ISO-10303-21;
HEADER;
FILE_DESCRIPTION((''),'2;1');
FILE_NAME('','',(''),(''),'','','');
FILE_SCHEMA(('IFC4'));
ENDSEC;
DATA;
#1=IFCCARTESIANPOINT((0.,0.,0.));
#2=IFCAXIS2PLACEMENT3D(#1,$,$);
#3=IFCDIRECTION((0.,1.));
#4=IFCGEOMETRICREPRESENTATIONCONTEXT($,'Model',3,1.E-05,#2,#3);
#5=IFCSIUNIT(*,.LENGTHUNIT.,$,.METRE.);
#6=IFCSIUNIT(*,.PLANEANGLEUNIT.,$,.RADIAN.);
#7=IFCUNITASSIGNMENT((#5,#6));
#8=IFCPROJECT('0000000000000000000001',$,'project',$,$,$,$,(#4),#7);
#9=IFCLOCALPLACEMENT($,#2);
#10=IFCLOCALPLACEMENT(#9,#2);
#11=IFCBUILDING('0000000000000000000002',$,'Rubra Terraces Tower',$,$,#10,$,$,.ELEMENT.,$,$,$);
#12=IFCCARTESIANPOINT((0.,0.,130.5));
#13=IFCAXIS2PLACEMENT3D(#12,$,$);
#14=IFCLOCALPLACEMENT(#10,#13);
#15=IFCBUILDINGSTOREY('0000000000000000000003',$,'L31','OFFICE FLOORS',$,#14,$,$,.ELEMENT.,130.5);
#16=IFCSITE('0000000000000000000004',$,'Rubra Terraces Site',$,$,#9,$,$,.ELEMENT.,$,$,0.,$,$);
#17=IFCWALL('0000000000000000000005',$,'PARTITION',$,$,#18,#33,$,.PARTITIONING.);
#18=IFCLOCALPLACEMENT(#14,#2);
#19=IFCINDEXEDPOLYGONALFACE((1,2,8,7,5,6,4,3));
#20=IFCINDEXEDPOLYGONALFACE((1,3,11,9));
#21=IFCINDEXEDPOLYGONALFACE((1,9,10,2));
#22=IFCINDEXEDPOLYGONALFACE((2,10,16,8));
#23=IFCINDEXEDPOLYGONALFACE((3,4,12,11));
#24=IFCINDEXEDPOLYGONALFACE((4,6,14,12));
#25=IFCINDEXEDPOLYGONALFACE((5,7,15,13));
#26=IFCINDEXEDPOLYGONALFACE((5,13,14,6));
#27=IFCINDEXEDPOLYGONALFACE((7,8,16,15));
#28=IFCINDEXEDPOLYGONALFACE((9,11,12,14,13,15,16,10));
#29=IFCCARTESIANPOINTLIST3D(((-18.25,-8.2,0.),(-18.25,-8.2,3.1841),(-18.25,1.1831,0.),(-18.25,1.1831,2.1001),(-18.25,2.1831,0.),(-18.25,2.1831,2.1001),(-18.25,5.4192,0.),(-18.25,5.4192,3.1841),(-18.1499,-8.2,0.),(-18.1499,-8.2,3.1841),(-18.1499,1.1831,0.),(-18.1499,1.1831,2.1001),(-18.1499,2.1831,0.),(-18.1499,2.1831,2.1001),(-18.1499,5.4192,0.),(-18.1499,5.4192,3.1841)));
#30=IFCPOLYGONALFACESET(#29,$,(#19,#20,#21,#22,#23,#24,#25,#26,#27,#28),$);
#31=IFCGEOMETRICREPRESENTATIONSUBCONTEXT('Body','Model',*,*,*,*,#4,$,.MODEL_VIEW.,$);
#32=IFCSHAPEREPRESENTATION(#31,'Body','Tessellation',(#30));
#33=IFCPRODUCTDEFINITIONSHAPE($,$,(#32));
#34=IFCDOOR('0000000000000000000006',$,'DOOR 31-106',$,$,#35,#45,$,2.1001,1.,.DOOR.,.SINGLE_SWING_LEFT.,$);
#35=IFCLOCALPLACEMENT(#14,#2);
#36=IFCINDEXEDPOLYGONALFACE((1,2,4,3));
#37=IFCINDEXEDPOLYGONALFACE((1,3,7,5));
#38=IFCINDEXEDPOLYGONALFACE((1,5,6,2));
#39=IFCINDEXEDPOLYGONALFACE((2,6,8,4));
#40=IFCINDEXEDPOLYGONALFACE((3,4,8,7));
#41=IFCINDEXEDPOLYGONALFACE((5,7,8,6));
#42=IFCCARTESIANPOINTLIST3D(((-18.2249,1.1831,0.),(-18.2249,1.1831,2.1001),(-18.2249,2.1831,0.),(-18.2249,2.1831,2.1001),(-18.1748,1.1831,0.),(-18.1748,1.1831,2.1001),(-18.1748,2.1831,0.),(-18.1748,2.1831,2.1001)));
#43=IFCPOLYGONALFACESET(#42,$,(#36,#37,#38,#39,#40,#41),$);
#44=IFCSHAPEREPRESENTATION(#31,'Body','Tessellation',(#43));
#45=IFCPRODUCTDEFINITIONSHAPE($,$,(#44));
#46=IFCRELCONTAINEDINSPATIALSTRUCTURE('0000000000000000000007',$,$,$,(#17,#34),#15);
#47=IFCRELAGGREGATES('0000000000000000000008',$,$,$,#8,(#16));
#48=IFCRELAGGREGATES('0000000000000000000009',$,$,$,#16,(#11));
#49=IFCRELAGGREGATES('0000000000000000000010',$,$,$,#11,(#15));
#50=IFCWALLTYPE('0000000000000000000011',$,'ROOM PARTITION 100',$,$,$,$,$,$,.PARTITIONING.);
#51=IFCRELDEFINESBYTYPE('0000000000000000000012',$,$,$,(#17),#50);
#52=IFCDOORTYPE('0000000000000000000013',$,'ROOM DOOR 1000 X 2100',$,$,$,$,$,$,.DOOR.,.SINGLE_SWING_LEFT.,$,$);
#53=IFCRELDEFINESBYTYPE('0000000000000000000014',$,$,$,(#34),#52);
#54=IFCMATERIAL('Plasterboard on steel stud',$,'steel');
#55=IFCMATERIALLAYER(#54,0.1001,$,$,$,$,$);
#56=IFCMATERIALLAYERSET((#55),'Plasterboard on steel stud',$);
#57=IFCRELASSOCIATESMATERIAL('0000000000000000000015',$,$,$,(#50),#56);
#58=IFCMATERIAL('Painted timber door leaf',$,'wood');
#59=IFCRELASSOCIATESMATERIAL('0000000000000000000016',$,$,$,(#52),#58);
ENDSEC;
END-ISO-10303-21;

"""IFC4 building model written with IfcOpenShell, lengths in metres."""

from ifc_helpers import new_model, si_unit, direction, frame, frame_2d, origin, place, context, subcontext, project, spatial, rectangle, extrude, material, layer, layer_set, type_object, element, fill, save


model = new_model("IFC4")

# Units and contexts
model_context = context("Model", 3, precision=1e-05, world=origin(), true_north=direction((0.0, 1.0)))
body_context = subcontext(model_context, "Body", "Model", "MODEL_VIEW")
ifc_project = project(units=[si_unit("LENGTHUNIT", "METRE"), si_unit("PLANEANGLEUNIT", "RADIAN")], contexts=[model_context])

# Site, building, storey
site_placement = place(None, origin())
site = spatial("IfcSite", under=ifc_project, at=site_placement, Name="Rubra Terraces Site", CompositionType="ELEMENT", RefElevation=0.0)
building_placement = place(site_placement, origin())
building = spatial("IfcBuilding", under=site, at=building_placement, Name="Rubra Terraces Tower", CompositionType="ELEMENT")
storey_placement = place(building_placement, frame((0.0, 0.0, 130.5)))
storey = spatial("IfcBuildingStorey", under=building, at=storey_placement, Name="L31", Description="OFFICE FLOORS", CompositionType="ELEMENT", Elevation=130.5)

# Wall, opening, door
ifc_material_1 = material(Name="Plasterboard on steel stud", Category="steel")
ifc_layer_1 = layer(ifc_material_1, 0.1001)
ifc_layer_set_1 = layer_set([ifc_layer_1], Name="Plasterboard on steel stud")
wall_type_1 = type_object("IfcWallType", Name="ROOM PARTITION 100", PredefinedType="PARTITIONING", material=ifc_layer_set_1)
wall_1_placement = place(storey_placement, frame((-18.2, -8.2, 0.0), z_axis=(0.0, 0.0, 1.0), x_axis=(0.0, 1.0, 0.0)))
wall_1 = element("IfcWall", 1, at=wall_1_placement, inside=storey, type_object=wall_type_1, Name="PARTITION", PredefinedType="PARTITIONING", context=body_context, shape_type="SweptSolid", body=[
    extrude(rectangle(XDim=13.6191, YDim=0.1001, at=frame_2d((6.8096, 0.0))), origin(), (0.0, 0.0, 1.0), 3.1841),
])
opening_1_placement = place(wall_1_placement, frame((9.3831, 0.0, 0.0)))
opening_1 = element("IfcOpeningElement", 2, at=opening_1_placement, cuts=wall_1, PredefinedType="OPENING", context=body_context, shape_type="SweptSolid", body=[
    extrude(rectangle(XDim=1.0, YDim=2.1001, at=frame_2d((0.5, 1.05))), frame((0.0, 0.0601, 0.0), z_axis=(0.0, -1.0, 0.0), x_axis=(1.0, 0.0, 0.0)), (0.0, 0.0, 1.0), 0.1201),
])
ifc_material_2 = material(Name="Painted timber door leaf", Category="wood")
door_type = type_object("IfcDoorType", Name="ROOM DOOR 1000 X 2100", OperationType="SINGLE_SWING_LEFT", PredefinedType="DOOR", material=ifc_material_2)
door_placement = place(opening_1_placement, origin())
door = element("IfcDoor", 3, at=door_placement, inside=storey, type_object=door_type, Name="DOOR 31-106", OperationType="SINGLE_SWING_LEFT", OverallHeight=2.1001, OverallWidth=1.0, PredefinedType="DOOR", context=body_context, shape_type="SweptSolid", body=[
    extrude(rectangle(XDim=1.0, YDim=2.1001, at=frame_2d((0.5, 1.05))), frame((0.0, 0.0249, 0.0), z_axis=(0.0, -1.0, 0.0), x_axis=(1.0, 0.0, 0.0)), (0.0, 0.0, 1.0), 0.05),
])
fill(opening_1, door)

save(model, "model.ifc")
